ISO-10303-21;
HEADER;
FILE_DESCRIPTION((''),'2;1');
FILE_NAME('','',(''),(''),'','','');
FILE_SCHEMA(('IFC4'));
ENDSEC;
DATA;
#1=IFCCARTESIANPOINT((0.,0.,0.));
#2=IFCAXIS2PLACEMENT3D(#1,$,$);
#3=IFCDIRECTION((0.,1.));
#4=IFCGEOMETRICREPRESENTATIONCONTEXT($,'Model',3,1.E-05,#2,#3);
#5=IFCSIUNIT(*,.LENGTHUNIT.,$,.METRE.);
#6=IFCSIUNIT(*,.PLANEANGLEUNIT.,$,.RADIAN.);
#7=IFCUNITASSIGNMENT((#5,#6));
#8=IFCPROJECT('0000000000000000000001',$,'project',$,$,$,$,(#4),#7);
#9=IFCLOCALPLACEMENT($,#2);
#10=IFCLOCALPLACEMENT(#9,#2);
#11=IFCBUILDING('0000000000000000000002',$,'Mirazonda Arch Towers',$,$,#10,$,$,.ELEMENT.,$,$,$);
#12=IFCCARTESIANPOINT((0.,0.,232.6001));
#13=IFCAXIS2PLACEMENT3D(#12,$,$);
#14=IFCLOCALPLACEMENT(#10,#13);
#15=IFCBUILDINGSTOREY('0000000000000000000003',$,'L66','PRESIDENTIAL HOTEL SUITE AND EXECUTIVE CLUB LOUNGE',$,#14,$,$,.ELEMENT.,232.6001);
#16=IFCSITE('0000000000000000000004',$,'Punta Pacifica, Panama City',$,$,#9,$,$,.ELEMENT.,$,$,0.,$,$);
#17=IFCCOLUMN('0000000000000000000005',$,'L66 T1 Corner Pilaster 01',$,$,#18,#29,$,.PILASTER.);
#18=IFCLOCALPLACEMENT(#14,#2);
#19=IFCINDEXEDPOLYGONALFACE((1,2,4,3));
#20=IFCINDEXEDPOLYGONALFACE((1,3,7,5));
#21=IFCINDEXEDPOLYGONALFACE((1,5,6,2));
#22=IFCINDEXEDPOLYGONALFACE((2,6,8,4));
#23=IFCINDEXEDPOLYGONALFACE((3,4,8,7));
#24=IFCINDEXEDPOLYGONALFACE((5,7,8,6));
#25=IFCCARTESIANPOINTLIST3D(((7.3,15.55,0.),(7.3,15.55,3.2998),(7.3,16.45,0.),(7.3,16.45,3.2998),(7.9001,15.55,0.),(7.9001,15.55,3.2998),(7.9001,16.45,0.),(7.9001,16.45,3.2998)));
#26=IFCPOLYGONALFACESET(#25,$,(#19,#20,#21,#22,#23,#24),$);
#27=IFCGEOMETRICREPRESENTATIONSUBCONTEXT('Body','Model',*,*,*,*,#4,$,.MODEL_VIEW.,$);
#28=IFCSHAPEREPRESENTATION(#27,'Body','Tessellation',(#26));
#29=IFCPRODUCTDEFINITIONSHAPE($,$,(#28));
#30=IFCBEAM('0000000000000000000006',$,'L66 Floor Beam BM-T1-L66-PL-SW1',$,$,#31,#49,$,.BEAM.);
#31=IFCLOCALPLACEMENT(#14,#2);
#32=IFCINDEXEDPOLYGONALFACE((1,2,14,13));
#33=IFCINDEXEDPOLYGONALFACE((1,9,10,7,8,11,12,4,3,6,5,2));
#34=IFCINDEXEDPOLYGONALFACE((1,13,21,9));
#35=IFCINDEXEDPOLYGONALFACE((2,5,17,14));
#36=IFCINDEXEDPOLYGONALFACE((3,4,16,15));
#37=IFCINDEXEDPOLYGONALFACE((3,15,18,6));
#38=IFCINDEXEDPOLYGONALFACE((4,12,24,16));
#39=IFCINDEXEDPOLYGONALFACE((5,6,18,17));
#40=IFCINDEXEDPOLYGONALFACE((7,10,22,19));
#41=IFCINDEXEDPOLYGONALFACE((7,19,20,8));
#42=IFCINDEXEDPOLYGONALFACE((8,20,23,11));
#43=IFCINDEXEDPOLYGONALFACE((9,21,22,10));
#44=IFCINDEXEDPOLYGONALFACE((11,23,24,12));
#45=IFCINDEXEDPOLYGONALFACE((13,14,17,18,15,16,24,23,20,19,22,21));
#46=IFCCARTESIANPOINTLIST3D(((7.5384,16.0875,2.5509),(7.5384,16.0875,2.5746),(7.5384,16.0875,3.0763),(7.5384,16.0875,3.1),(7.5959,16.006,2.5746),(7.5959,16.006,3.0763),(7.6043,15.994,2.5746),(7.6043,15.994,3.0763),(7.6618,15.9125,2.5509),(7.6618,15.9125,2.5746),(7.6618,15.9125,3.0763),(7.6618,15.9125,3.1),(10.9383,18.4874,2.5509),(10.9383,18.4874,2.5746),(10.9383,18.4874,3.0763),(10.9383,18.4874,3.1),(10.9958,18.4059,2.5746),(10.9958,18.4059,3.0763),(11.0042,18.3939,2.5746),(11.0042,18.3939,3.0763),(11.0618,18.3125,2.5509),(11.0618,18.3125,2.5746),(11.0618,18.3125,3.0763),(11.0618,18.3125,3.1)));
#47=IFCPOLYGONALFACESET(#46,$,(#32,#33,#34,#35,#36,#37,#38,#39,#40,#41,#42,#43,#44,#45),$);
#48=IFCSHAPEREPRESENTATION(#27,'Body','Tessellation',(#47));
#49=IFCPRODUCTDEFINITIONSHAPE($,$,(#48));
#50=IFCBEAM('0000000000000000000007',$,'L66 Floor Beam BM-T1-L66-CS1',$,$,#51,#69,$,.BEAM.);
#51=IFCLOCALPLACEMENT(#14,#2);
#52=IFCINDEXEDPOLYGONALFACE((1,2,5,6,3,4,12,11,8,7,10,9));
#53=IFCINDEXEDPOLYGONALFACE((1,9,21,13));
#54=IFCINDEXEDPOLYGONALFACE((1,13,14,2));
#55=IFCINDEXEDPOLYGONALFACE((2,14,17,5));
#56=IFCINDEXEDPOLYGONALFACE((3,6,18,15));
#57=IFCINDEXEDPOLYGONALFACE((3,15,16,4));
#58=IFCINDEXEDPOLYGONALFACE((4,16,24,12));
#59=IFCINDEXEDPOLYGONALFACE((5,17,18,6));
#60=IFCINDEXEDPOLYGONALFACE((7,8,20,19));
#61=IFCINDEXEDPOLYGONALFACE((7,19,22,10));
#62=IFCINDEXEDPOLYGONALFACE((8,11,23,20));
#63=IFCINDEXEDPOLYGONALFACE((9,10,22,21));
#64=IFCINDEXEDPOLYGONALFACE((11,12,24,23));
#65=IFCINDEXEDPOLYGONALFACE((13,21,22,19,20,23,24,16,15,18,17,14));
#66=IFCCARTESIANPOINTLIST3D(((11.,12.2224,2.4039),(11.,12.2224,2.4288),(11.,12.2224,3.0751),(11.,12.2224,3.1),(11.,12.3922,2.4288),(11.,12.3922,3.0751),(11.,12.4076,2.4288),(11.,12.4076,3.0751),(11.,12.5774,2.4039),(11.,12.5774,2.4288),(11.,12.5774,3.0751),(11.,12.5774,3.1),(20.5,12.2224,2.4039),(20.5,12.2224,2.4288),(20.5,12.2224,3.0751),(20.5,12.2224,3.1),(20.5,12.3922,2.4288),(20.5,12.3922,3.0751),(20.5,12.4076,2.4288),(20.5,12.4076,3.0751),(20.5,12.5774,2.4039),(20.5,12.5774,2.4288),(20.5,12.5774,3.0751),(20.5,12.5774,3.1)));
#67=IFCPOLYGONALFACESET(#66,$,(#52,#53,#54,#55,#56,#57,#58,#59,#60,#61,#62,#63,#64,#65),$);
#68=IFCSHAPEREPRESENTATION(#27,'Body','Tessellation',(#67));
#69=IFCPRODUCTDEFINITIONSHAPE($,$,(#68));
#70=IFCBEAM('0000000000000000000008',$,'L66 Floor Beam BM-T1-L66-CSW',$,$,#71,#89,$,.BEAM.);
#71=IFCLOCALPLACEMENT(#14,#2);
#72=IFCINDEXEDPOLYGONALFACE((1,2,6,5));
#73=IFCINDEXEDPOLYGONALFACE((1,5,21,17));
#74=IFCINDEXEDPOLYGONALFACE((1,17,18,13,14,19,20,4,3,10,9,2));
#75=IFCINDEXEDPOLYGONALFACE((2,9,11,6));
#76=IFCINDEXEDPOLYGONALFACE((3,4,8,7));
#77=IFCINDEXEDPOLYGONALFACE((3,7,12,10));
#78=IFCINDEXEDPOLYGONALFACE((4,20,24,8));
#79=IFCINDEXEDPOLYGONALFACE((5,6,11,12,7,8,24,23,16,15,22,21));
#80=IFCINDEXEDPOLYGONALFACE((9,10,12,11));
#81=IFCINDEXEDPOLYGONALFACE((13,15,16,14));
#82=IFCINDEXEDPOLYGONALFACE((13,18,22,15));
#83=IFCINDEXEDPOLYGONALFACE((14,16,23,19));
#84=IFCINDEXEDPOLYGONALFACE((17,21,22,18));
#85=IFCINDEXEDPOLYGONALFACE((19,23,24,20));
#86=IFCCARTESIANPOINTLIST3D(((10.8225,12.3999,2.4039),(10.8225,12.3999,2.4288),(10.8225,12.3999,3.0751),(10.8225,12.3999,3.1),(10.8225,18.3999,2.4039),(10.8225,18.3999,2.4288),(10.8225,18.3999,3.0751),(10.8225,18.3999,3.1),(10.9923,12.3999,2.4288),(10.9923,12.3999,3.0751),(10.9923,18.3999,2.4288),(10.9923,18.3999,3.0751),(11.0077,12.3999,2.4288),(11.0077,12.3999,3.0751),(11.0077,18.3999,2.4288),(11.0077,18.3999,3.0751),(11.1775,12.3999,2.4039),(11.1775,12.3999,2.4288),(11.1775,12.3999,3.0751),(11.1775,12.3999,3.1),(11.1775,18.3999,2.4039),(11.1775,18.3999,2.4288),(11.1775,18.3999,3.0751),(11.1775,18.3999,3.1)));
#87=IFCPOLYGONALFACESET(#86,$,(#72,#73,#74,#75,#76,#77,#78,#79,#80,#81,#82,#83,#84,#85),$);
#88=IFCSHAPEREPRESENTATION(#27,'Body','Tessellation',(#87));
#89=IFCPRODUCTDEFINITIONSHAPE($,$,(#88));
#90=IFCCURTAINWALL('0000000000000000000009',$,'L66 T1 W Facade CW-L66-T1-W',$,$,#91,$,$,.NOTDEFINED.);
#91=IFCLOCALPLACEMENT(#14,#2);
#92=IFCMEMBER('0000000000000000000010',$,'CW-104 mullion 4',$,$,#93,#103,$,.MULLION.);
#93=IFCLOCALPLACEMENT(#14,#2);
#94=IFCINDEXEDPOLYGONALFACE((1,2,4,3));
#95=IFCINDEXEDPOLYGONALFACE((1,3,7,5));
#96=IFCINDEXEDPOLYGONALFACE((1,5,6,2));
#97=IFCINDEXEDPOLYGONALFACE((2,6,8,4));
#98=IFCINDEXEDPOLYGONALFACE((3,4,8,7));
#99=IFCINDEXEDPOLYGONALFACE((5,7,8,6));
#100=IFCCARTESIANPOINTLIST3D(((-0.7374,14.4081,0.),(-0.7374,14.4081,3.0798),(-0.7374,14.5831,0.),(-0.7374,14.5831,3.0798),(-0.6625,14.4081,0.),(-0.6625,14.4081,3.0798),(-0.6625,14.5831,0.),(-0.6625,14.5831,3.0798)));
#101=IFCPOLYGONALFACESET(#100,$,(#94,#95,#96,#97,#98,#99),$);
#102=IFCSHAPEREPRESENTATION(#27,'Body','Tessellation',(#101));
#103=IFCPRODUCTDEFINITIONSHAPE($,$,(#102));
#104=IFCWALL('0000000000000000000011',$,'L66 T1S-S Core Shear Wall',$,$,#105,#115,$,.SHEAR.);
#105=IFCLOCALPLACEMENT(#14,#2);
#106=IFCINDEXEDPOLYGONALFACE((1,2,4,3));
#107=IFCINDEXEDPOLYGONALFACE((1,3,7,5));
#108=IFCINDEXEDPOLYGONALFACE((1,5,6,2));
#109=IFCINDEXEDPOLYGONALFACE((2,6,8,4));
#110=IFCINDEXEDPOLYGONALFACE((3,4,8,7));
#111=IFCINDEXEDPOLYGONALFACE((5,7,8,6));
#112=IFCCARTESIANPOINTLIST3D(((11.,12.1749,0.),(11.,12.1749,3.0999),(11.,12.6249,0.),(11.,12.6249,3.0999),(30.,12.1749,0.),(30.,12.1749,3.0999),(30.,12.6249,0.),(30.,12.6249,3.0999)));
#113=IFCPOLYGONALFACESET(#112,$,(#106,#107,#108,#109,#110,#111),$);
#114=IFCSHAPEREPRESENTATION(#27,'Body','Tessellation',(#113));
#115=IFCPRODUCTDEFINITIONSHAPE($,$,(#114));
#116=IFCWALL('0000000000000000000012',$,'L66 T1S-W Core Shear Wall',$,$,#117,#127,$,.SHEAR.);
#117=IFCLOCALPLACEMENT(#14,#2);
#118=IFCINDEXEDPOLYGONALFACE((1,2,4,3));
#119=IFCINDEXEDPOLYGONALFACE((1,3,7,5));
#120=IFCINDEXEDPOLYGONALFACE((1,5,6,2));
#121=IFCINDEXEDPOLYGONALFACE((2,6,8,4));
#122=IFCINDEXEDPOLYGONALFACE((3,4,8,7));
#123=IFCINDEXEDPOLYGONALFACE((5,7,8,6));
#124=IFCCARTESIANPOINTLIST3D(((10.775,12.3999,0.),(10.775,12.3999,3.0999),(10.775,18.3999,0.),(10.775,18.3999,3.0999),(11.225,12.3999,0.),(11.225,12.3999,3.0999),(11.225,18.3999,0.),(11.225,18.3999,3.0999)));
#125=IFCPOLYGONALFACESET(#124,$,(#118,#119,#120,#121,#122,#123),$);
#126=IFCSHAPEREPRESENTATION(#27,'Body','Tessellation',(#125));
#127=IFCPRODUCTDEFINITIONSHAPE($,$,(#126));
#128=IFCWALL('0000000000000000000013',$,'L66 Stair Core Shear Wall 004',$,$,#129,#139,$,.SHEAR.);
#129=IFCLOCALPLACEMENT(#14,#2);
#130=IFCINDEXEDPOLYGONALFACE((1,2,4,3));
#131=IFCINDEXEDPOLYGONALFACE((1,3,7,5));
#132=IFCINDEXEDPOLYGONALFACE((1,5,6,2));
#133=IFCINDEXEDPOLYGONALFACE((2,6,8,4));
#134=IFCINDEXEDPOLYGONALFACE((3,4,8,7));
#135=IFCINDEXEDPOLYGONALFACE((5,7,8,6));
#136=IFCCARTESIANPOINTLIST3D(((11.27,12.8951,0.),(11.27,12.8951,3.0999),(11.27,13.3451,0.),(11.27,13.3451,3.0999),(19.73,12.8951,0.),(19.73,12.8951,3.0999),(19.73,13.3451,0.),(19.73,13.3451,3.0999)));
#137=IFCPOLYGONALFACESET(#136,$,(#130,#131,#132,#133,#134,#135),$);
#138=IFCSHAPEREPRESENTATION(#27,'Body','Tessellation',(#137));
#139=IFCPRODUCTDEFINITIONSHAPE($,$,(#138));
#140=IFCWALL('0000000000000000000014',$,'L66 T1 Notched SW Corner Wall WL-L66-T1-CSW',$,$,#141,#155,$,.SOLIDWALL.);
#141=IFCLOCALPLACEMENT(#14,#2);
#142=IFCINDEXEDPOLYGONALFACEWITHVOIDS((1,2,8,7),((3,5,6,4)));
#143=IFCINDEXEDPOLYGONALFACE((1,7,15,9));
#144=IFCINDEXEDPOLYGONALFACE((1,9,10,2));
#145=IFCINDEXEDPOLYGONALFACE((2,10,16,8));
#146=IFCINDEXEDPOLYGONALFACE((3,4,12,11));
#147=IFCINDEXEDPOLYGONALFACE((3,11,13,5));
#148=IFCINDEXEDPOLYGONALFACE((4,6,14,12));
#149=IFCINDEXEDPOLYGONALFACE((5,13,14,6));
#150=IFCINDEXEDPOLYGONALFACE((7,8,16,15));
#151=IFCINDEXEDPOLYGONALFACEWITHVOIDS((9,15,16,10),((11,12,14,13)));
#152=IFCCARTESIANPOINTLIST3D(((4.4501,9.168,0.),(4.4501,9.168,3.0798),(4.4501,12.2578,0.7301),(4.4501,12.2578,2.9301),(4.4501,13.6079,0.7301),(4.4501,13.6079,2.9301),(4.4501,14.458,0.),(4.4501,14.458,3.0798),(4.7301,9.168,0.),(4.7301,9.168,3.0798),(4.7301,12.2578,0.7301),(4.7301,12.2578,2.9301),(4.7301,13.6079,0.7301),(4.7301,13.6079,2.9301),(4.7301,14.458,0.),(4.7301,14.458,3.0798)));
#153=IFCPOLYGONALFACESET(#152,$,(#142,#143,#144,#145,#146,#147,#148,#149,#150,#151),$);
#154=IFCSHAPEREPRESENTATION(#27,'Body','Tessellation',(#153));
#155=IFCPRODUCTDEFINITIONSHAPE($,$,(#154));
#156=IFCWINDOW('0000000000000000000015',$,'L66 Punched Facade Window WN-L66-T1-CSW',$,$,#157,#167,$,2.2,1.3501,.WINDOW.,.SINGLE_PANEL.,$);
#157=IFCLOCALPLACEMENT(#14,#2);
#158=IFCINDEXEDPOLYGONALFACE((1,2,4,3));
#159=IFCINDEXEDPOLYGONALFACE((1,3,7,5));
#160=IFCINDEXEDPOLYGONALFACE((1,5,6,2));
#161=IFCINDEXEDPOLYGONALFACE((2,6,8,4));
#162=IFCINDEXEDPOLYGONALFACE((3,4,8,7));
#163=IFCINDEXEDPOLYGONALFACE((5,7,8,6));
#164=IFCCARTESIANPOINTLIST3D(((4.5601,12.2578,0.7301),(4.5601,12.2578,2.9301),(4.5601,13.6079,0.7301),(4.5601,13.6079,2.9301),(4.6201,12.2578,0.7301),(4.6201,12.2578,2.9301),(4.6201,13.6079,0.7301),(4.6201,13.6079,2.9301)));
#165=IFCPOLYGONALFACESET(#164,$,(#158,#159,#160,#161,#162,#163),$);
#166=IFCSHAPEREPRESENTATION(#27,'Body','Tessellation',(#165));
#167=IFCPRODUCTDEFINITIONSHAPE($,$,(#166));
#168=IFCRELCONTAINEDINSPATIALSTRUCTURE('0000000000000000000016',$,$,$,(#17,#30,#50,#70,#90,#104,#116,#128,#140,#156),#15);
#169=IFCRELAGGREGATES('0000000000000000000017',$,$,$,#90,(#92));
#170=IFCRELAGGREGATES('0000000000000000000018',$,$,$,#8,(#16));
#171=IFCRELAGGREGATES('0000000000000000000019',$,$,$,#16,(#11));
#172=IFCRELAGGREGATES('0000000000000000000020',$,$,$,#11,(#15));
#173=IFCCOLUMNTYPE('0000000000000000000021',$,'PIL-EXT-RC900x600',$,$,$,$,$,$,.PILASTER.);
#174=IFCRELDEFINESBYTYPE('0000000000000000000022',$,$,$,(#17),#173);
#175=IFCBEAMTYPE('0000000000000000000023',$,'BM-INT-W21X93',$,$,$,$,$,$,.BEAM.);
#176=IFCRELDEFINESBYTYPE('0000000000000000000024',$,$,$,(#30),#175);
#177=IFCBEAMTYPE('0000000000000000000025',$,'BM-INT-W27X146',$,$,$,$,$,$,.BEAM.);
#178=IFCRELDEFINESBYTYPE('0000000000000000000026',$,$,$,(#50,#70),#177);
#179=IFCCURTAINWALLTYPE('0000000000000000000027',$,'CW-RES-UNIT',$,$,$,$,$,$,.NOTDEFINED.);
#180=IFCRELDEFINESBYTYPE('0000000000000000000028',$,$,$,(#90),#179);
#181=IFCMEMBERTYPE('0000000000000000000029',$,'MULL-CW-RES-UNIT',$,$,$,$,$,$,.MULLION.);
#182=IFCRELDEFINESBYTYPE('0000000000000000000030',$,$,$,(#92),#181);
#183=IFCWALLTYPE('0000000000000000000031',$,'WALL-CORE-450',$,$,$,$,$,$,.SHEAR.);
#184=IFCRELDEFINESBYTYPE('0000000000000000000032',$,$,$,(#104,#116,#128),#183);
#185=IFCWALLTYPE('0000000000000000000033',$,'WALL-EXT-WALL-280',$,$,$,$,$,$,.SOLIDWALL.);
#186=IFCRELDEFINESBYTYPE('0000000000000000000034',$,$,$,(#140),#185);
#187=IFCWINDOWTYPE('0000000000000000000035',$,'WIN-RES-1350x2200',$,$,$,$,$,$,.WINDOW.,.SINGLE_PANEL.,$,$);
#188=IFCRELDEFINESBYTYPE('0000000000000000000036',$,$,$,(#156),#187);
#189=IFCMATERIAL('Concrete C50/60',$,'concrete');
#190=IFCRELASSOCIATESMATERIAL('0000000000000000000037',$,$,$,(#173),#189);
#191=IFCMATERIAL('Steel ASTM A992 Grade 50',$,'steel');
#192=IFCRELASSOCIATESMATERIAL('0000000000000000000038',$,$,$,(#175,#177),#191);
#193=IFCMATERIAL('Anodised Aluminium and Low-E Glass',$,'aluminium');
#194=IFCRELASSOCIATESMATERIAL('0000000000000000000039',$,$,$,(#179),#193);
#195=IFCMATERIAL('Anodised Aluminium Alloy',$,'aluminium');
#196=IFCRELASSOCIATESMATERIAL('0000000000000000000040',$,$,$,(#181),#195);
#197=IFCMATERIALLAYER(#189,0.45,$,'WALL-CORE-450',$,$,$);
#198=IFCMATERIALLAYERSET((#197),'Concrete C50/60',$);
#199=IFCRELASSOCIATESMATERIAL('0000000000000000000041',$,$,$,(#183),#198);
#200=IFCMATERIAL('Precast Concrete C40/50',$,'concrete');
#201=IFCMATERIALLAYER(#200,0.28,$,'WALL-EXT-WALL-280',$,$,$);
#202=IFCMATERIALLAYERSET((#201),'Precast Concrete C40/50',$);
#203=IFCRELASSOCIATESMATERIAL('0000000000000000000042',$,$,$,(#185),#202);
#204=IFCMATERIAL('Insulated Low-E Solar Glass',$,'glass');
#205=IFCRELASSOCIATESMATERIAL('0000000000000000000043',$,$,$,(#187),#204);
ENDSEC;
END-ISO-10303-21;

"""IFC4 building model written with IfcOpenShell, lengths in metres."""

from ifc_helpers import new_model, si_unit, direction, frame, frame_2d, origin, origin_2d, place, context, subcontext, project, spatial, rectangle, i_section, extrude, material, layer, layer_set, material_profile, profile_set, type_object, element, fill, aggregate, save


model = new_model("IFC4")

# Units and contexts
model_context = context("Model", 3, precision=1e-05, world=origin(), true_north=direction((0.0, 1.0)))
body_context = subcontext(model_context, "Body", "Model", "MODEL_VIEW")
ifc_project = project(units=[si_unit("LENGTHUNIT", "METRE"), si_unit("PLANEANGLEUNIT", "RADIAN")], contexts=[model_context])

# Site, building, storey
site_placement = place(None, origin())
site = spatial("IfcSite", under=ifc_project, at=site_placement, Name="Punta Pacifica, Panama City", CompositionType="ELEMENT", RefElevation=0.0)
building_placement = place(site_placement, origin())
building = spatial("IfcBuilding", under=site, at=building_placement, Name="Mirazonda Arch Towers", CompositionType="ELEMENT")
storey_placement = place(building_placement, frame((0.0, 0.0, 232.6001)))
storey = spatial("IfcBuildingStorey", under=building, at=storey_placement, Name="L66", Description="PRESIDENTIAL HOTEL SUITE AND EXECUTIVE CLUB LOUNGE", CompositionType="ELEMENT", Elevation=232.6001)

# Column
ifc_material_1 = material(Name="Concrete C50/60", Category="concrete")
ifc_material_profile_1 = material_profile(ifc_material_1, rectangle(XDim=0.6001, YDim=0.8999, at=origin_2d()), Name="RC900x600")
ifc_profile_set_1 = profile_set([ifc_material_profile_1], Name="Concrete C50/60")
column_type = type_object("IfcColumnType", Name="PIL-EXT-RC900x600", PredefinedType="PILASTER", material=ifc_profile_set_1)
column_placement = place(storey_placement, frame((7.6001, 16.0, 0.0), z_axis=(0.0, 0.0, 1.0), x_axis=(1.0, 0.0, 0.0)))
element("IfcColumn", 1, at=column_placement, inside=storey, type_object=column_type, Name="L66 T1 Corner Pilaster 01", PredefinedType="PILASTER", context=body_context, shape_type="SweptSolid", body=[
    extrude(rectangle(XDim=0.6001, YDim=0.8999, at=origin_2d()), origin(), (0.0, 0.0, 1.0), 3.2998),
])

# Beams
ifc_material_2 = material(Name="Steel ASTM A992 Grade 50", Category="steel")
ifc_material_profile_2 = material_profile(ifc_material_2, i_section(OverallWidth=0.2141, OverallDepth=0.5491, WebThickness=0.0146, FlangeThickness=0.0237, at=origin_2d()), Name="W21X93")
ifc_profile_set_2 = profile_set([ifc_material_profile_2], Name="Steel ASTM A992 Grade 50")
beam_type_1 = type_object("IfcBeamType", Name="BM-INT-W21X93", PredefinedType="BEAM", material=ifc_profile_set_2)
beam_1_placement = place(storey_placement, frame((7.6001, 16.0, 2.8254), z_axis=(0.816971, 0.576679, 0.0), x_axis=(-0.576679, 0.816971, 0.0)))
element("IfcBeam", 2, at=beam_1_placement, inside=storey, type_object=beam_type_1, Name="L66 Floor Beam BM-T1-L66-PL-SW1", PredefinedType="BEAM", context=body_context, shape_type="SweptSolid", body=[
    extrude(i_section(OverallWidth=0.2141, OverallDepth=0.5491, WebThickness=0.0146, FlangeThickness=0.0237, at=origin_2d()), origin(), (0.0, 0.0, 1.0), 4.1616),
])
ifc_material_profile_3 = material_profile(ifc_material_2, i_section(OverallWidth=0.355, OverallDepth=0.696, WebThickness=0.0154, FlangeThickness=0.0249, at=origin_2d()), Name="W27X146")
ifc_profile_set_3 = profile_set([ifc_material_profile_3], Name="Steel ASTM A992 Grade 50")
beam_type_2 = type_object("IfcBeamType", Name="BM-INT-W27X146", PredefinedType="BEAM", material=ifc_profile_set_3)
beam_2_placement = place(storey_placement, frame((11.0, 12.3999, 2.752), z_axis=(1.0, 0.0, 0.0), x_axis=(0.0, 1.0, 0.0)))
element("IfcBeam", 3, at=beam_2_placement, inside=storey, type_object=beam_type_2, Name="L66 Floor Beam BM-T1-L66-CS1", PredefinedType="BEAM", context=body_context, shape_type="SweptSolid", body=[
    extrude(i_section(OverallWidth=0.355, OverallDepth=0.696, WebThickness=0.0154, FlangeThickness=0.0249, at=origin_2d()), origin(), (0.0, 0.0, 1.0), 9.5),
])
beam_3_placement = place(storey_placement, frame((11.0, 12.3999, 2.752), z_axis=(0.0, 1.0, 0.0), x_axis=(-1.0, 0.0, 0.0)))
element("IfcBeam", 4, at=beam_3_placement, inside=storey, type_object=beam_type_2, Name="L66 Floor Beam BM-T1-L66-CSW", PredefinedType="BEAM", context=body_context, shape_type="SweptSolid", body=[
    extrude(i_section(OverallWidth=0.355, OverallDepth=0.696, WebThickness=0.0154, FlangeThickness=0.0249, at=origin_2d()), origin(), (0.0, 0.0, 1.0), 6.0),
])

# Curtain wall, member
ifc_material_3 = material(Name="Anodised Aluminium and Low-E Glass", Category="aluminium")
curtain_wall_type = type_object("IfcCurtainWallType", Name="CW-RES-UNIT", PredefinedType="NOTDEFINED", material=ifc_material_3)
curtain_wall_placement = place(storey_placement, origin())
curtain_wall = element("IfcCurtainWall", 5, at=curtain_wall_placement, inside=storey, type_object=curtain_wall_type, Name="L66 T1 W Facade CW-L66-T1-W", PredefinedType="NOTDEFINED")
ifc_material_4 = material(Name="Anodised Aluminium Alloy", Category="aluminium")
ifc_material_profile_4 = material_profile(ifc_material_4, rectangle(XDim=0.075, YDim=0.175, at=origin_2d()), Name="ALU-MULL-75x175")
ifc_profile_set_4 = profile_set([ifc_material_profile_4], Name="Anodised Aluminium Alloy")
member_type = type_object("IfcMemberType", Name="MULL-CW-RES-UNIT", PredefinedType="MULLION", material=ifc_profile_set_4)
member_placement = place(storey_placement, frame((-0.7, 14.4956, 0.0), z_axis=(0.0, 0.0, 1.0), x_axis=(1.0, 0.0, 0.0)))
member = element("IfcMember", 6, at=member_placement, type_object=member_type, Name="CW-104 mullion 4", PredefinedType="MULLION", context=body_context, shape_type="SweptSolid", body=[
    extrude(rectangle(XDim=0.075, YDim=0.175, at=origin_2d()), origin(), (0.0, 0.0, 1.0), 3.0798),
])
aggregate(curtain_wall, [member])

# Walls
ifc_layer_1 = layer(ifc_material_1, 0.45, Name="WALL-CORE-450")
ifc_layer_set_1 = layer_set([ifc_layer_1], Name="Concrete C50/60")
wall_type_1 = type_object("IfcWallType", Name="WALL-CORE-450", PredefinedType="SHEAR", material=ifc_layer_set_1)
wall_1_placement = place(storey_placement, frame((11.0, 12.3999, 0.0), z_axis=(0.0, 0.0, 1.0), x_axis=(1.0, 0.0, 0.0)))
element("IfcWall", 7, at=wall_1_placement, inside=storey, type_object=wall_type_1, Name="L66 T1S-S Core Shear Wall", PredefinedType="SHEAR", context=body_context, shape_type="SweptSolid", body=[
    extrude(rectangle(XDim=19.0, YDim=0.45, at=frame_2d((9.5, 0.0))), origin(), (0.0, 0.0, 1.0), 3.0999),
])
wall_2_placement = place(storey_placement, frame((11.0, 12.3999, 0.0), z_axis=(0.0, 0.0, 1.0), x_axis=(0.0, 1.0, 0.0)))
element("IfcWall", 8, at=wall_2_placement, inside=storey, type_object=wall_type_1, Name="L66 T1S-W Core Shear Wall", PredefinedType="SHEAR", context=body_context, shape_type="SweptSolid", body=[
    extrude(rectangle(XDim=6.0, YDim=0.45, at=frame_2d((3.0, 0.0))), origin(), (0.0, 0.0, 1.0), 3.0999),
])
wall_3_placement = place(storey_placement, frame((11.27, 13.1201, 0.0), z_axis=(0.0, 0.0, 1.0), x_axis=(1.0, 0.0, 0.0)))
element("IfcWall", 9, at=wall_3_placement, inside=storey, type_object=wall_type_1, Name="L66 Stair Core Shear Wall 004", PredefinedType="SHEAR", context=body_context, shape_type="SweptSolid", body=[
    extrude(rectangle(XDim=8.46, YDim=0.45, at=frame_2d((4.23, 0.0))), origin(), (0.0, 0.0, 1.0), 3.0999),
])

# Wall, opening, window
ifc_material_5 = material(Name="Precast Concrete C40/50", Category="concrete")
ifc_layer_2 = layer(ifc_material_5, 0.28, Name="WALL-EXT-WALL-280")
ifc_layer_set_2 = layer_set([ifc_layer_2], Name="Precast Concrete C40/50")
wall_type_2 = type_object("IfcWallType", Name="WALL-EXT-WALL-280", PredefinedType="SOLIDWALL", material=ifc_layer_set_2)
wall_4_placement = place(storey_placement, frame((4.5901, 14.458, 0.0), z_axis=(0.0, 0.0, 1.0), x_axis=(0.0, -1.0, 0.0)))
wall_4 = element("IfcWall", 10, at=wall_4_placement, inside=storey, type_object=wall_type_2, Name="L66 T1 Notched SW Corner Wall WL-L66-T1-CSW", PredefinedType="SOLIDWALL", context=body_context, shape_type="SweptSolid", body=[
    extrude(rectangle(XDim=5.29, YDim=0.28, at=frame_2d((2.645, 0.0))), origin(), (0.0, 0.0, 1.0), 3.0798),
])
opening_1_placement = place(wall_4_placement, frame((0.8501, 0.0, 0.73)))
opening_1 = element("IfcOpeningElement", 11, at=opening_1_placement, cuts=wall_4, PredefinedType="OPENING", context=body_context, shape_type="SweptSolid", body=[
    extrude(rectangle(XDim=1.3501, YDim=2.2, at=frame_2d((0.675, 1.1001))), frame((0.0, 0.1499, 0.0), z_axis=(0.0, -1.0, 0.0), x_axis=(1.0, 0.0, 0.0)), (0.0, 0.0, 1.0), 0.3),
])
ifc_material_6 = material(Name="Insulated Low-E Solar Glass", Category="glass")
window_type_1 = type_object("IfcWindowType", Name="WIN-RES-1350x2200", PartitioningType="SINGLE_PANEL", PredefinedType="WINDOW", material=ifc_material_6)
window_1_placement = place(opening_1_placement, origin())
window_1 = element("IfcWindow", 12, at=window_1_placement, inside=storey, type_object=window_type_1, Name="L66 Punched Facade Window WN-L66-T1-CSW", OverallHeight=2.2, OverallWidth=1.3501, PartitioningType="SINGLE_PANEL", PredefinedType="WINDOW", context=body_context, shape_type="SweptSolid", body=[
    extrude(rectangle(XDim=1.3501, YDim=2.2, at=frame_2d((0.675, 1.1001))), frame((0.0, 0.03, 0.0), z_axis=(0.0, -1.0, 0.0), x_axis=(1.0, 0.0, 0.0)), (0.0, 0.0, 1.0), 0.0601),
])
fill(opening_1, window_1)

save(model, "model.ifc")
